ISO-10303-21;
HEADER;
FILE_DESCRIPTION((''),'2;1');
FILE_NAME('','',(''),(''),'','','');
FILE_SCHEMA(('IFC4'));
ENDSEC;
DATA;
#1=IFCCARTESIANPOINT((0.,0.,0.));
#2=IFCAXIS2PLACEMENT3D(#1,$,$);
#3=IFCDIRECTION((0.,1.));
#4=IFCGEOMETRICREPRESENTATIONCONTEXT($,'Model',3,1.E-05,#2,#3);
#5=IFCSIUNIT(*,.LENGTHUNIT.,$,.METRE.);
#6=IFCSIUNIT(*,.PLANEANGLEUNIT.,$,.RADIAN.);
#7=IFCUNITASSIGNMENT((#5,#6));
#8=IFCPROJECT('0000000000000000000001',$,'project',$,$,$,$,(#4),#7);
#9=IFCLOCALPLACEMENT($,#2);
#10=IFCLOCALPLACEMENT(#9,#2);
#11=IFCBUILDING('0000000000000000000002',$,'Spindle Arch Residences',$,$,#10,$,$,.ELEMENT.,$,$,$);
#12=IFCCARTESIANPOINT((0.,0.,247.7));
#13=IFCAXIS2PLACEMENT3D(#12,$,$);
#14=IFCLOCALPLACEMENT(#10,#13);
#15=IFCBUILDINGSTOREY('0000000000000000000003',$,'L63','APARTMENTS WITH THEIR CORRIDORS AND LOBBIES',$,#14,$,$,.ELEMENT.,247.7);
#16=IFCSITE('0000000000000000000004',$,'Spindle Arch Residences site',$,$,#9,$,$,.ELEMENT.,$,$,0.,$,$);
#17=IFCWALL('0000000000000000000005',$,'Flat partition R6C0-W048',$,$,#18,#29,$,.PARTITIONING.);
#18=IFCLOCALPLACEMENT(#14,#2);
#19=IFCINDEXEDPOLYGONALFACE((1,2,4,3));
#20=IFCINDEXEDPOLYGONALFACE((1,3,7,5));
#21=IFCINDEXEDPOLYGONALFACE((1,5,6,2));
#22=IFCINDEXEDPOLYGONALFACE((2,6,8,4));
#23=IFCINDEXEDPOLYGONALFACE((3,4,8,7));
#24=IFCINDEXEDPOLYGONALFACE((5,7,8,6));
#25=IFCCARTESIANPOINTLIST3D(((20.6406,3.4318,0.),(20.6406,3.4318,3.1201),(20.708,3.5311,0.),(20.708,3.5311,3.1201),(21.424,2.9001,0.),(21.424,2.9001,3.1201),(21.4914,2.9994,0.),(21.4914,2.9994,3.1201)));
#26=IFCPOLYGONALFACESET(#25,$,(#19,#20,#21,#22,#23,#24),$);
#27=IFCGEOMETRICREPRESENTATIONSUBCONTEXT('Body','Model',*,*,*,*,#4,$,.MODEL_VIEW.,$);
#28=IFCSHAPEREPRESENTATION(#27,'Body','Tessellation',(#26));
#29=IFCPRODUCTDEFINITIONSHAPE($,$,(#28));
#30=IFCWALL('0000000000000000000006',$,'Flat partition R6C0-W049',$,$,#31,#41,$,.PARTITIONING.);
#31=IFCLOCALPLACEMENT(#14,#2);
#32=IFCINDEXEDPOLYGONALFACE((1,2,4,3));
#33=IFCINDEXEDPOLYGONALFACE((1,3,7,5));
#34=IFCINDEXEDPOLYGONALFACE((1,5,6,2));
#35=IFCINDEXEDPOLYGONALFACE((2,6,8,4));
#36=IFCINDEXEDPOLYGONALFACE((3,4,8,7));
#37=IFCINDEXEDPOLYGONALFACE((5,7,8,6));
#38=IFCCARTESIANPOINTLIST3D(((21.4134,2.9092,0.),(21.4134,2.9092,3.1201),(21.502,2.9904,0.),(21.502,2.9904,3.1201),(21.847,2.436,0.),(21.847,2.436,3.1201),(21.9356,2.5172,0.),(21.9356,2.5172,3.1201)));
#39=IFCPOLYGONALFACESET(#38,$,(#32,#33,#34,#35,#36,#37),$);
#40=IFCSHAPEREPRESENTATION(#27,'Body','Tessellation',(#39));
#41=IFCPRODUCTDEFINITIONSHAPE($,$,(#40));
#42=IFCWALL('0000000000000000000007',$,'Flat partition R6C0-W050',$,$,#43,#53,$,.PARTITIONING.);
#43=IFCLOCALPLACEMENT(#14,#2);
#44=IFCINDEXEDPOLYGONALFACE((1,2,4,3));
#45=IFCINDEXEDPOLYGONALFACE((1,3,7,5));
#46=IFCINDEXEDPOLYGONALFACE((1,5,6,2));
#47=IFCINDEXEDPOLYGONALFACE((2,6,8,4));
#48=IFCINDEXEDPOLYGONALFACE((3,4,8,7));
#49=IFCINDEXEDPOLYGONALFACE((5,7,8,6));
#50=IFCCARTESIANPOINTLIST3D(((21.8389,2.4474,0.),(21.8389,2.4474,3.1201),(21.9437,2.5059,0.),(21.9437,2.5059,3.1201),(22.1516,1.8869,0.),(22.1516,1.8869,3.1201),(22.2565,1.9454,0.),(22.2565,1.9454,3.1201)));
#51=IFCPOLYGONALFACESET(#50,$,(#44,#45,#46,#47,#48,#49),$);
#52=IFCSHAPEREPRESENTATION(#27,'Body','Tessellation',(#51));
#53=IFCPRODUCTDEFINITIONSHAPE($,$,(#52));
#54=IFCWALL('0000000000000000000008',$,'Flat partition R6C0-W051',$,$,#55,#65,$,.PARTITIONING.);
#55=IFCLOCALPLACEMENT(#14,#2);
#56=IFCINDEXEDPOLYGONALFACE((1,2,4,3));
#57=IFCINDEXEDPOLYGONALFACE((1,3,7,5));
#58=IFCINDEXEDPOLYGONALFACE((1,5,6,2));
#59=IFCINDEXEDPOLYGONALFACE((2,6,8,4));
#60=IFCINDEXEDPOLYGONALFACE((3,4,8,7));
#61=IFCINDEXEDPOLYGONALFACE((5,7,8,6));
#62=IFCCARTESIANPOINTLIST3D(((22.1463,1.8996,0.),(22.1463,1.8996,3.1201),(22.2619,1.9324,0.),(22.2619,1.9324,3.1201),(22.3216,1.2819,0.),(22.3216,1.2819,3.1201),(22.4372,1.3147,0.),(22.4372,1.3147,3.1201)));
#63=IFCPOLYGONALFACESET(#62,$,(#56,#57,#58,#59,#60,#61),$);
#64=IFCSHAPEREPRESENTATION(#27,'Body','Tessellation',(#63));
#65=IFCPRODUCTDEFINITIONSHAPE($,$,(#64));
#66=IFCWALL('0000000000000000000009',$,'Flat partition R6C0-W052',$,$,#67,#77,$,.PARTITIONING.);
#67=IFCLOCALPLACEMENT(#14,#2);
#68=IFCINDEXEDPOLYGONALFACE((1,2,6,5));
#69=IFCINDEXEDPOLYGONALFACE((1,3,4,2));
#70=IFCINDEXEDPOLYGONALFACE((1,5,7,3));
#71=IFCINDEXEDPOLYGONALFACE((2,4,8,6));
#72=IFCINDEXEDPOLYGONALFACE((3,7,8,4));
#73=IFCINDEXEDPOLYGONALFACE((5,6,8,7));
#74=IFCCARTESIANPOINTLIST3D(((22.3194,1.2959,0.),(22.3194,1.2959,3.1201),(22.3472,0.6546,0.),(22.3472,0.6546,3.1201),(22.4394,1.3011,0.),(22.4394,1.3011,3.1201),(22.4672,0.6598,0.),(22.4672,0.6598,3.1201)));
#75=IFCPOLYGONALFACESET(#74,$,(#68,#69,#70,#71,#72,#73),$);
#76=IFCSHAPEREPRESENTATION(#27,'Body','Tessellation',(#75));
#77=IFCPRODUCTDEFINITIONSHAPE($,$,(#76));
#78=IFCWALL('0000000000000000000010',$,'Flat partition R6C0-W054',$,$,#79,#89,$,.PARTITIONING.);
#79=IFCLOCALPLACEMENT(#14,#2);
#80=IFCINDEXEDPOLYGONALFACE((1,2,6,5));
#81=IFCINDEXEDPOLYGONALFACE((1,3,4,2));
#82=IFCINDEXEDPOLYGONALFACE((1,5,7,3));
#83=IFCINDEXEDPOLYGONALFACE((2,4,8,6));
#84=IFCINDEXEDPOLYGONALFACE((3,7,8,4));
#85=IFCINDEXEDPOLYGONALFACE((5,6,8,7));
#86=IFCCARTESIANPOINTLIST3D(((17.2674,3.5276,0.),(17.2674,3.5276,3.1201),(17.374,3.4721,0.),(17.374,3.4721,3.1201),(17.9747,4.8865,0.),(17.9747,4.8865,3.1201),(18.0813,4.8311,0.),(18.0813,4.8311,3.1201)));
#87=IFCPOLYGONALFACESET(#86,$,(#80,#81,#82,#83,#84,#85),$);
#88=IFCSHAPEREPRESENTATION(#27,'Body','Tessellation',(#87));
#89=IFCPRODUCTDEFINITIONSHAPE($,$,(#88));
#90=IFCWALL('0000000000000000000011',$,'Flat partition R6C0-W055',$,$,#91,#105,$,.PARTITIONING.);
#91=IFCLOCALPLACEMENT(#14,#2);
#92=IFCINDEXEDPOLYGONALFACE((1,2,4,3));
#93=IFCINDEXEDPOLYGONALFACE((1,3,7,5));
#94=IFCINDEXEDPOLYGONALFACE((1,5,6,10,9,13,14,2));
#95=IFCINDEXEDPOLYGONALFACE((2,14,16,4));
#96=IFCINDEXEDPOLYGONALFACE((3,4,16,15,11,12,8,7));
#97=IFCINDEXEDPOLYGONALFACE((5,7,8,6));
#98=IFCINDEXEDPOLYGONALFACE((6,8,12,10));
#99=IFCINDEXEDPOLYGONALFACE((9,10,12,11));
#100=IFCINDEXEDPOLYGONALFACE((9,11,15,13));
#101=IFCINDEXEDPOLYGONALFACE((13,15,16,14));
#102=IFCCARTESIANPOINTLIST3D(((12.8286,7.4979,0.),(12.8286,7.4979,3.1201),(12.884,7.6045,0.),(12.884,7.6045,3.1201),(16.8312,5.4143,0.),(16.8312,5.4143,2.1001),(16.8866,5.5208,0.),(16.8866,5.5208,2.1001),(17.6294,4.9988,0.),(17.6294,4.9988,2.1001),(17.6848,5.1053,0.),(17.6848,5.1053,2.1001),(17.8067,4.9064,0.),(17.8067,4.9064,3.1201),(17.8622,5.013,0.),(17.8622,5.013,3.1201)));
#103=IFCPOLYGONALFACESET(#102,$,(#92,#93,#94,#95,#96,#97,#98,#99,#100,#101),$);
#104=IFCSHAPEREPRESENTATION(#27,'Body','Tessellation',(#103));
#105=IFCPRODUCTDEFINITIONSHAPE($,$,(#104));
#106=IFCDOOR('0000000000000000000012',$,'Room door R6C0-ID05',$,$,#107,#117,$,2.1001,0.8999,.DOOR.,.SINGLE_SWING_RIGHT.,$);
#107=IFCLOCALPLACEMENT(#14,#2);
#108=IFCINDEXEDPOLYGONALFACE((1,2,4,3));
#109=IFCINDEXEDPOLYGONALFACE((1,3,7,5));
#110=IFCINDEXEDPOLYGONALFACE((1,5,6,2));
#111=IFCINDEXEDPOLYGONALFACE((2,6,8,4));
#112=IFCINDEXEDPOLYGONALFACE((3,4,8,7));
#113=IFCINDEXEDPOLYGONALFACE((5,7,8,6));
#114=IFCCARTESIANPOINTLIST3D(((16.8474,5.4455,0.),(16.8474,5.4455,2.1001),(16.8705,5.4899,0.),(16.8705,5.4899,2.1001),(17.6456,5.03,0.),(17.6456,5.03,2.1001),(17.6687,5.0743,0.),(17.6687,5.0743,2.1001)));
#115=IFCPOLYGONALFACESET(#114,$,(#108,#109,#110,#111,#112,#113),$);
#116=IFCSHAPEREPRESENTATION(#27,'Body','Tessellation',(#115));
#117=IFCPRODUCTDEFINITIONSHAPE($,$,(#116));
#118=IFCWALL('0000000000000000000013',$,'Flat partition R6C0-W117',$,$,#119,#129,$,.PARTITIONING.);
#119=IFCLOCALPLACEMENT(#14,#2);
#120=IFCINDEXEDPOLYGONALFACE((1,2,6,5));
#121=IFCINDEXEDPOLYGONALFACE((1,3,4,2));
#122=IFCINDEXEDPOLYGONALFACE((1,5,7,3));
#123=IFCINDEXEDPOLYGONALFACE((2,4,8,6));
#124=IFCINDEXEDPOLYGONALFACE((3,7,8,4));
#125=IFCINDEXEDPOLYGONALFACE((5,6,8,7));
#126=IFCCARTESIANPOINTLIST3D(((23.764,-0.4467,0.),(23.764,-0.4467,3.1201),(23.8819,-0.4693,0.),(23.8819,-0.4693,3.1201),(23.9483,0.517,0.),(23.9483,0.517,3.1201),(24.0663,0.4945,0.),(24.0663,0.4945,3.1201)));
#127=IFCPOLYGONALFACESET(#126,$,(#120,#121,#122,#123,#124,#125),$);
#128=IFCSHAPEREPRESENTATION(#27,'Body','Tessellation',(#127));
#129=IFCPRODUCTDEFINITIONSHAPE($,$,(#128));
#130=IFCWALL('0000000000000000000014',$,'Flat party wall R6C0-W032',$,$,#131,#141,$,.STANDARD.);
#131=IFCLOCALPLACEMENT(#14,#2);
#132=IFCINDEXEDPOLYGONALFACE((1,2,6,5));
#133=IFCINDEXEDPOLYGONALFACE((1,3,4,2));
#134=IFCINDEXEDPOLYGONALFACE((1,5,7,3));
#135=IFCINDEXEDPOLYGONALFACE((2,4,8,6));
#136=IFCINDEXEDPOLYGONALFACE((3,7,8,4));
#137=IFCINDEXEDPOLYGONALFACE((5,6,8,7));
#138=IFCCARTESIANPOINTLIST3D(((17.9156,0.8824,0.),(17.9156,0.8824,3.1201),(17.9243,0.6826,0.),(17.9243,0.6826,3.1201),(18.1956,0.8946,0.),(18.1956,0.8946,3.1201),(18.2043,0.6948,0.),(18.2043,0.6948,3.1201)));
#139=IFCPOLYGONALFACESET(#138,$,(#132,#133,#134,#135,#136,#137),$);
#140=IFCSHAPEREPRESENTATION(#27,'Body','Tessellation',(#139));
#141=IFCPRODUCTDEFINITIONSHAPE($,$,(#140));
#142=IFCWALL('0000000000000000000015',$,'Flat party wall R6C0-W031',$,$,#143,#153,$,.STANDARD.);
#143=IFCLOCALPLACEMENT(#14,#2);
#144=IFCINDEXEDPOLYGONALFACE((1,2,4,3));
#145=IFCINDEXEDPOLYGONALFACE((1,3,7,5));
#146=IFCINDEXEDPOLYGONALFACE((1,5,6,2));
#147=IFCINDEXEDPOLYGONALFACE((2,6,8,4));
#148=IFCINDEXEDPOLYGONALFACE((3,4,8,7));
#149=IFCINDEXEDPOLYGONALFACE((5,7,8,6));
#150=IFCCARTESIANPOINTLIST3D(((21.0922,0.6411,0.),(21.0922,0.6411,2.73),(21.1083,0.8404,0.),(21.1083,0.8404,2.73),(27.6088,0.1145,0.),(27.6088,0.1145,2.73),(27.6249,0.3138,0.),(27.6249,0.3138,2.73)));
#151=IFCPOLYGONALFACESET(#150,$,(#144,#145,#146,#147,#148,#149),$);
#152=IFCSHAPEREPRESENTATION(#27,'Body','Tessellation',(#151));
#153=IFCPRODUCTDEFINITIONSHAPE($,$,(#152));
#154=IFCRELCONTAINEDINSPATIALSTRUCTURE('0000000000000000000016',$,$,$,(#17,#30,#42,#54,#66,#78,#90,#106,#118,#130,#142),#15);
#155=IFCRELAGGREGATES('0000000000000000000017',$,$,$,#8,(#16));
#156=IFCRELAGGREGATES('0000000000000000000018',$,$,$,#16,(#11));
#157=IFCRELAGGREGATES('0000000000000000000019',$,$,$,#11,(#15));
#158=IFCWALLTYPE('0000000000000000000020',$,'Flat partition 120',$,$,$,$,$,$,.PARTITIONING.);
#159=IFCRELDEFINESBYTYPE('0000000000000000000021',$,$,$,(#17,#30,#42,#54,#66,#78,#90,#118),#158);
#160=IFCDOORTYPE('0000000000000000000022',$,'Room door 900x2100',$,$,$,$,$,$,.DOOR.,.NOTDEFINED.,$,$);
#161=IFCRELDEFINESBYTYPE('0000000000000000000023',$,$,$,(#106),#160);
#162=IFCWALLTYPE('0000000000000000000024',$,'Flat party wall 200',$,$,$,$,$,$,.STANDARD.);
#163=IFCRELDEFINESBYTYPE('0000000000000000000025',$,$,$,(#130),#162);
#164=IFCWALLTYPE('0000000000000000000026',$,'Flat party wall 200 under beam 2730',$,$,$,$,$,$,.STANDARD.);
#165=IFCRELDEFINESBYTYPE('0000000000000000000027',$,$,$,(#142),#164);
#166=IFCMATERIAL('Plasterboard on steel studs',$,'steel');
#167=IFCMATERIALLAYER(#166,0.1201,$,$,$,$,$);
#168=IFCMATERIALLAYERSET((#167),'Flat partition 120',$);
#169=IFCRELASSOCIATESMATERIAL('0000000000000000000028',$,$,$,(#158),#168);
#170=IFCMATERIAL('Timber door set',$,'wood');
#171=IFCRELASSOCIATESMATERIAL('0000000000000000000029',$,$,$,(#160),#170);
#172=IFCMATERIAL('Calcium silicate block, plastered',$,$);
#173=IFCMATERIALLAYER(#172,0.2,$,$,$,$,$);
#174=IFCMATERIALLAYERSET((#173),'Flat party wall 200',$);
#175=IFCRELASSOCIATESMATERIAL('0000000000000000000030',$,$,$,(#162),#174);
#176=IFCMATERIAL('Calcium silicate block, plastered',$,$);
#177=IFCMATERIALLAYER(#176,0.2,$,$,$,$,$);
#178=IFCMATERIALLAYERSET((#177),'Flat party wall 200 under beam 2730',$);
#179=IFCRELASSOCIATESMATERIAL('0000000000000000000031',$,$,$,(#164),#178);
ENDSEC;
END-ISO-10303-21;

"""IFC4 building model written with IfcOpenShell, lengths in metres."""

from ifc_helpers import new_model, si_unit, direction, frame, frame_2d, origin, place, context, subcontext, project, spatial, rectangle, extrude, material, layer, layer_set, type_object, element, fill, save


model = new_model("IFC4")

# Units and contexts
model_context = context("Model", 3, precision=1e-05, world=origin(), true_north=direction((0.0, 1.0)))
body_context = subcontext(model_context, "Body", "Model", "MODEL_VIEW")
ifc_project = project(units=[si_unit("LENGTHUNIT", "METRE"), si_unit("PLANEANGLEUNIT", "RADIAN")], contexts=[model_context])

# Site, building, storey
site_placement = place(None, origin())
site = spatial("IfcSite", under=ifc_project, at=site_placement, Name="Spindle Arch Residences site", CompositionType="ELEMENT", RefElevation=0.0)
building_placement = place(site_placement, origin())
building = spatial("IfcBuilding", under=site, at=building_placement, Name="Spindle Arch Residences", CompositionType="ELEMENT")
storey_placement = place(building_placement, frame((0.0, 0.0, 247.7)))
storey = spatial("IfcBuildingStorey", under=building, at=storey_placement, Name="L63", Description="APARTMENTS WITH THEIR CORRIDORS AND LOBBIES", CompositionType="ELEMENT", Elevation=247.7)

# Shared definitions
ifc_material_1 = material(Name="Plasterboard on steel studs", Category="steel")
ifc_layer_1 = layer(ifc_material_1, 0.1201)
ifc_layer_set_1 = layer_set([ifc_layer_1], Name="Flat partition 120")
wall_type_1 = type_object("IfcWallType", Name="Flat partition 120", PredefinedType="PARTITIONING", material=ifc_layer_set_1)

# Shared definitions
ifc_material_2 = material(Name="Timber door set", Category="wood")
door_type_1 = type_object("IfcDoorType", Name="Room door 900x2100", OperationType="NOTDEFINED", PredefinedType="DOOR", material=ifc_material_2)

# Walls
wall_1_placement = place(storey_placement, frame((20.6743, 3.4814, 0.0), z_axis=(0.0, 0.0, 1.0), x_axis=(0.82742, -0.561583, 0.0)))
element("IfcWall", 1, at=wall_1_placement, inside=storey, type_object=wall_type_1, Name="Flat partition R6C0-W048", PredefinedType="PARTITIONING", context=body_context, shape_type="SweptSolid", body=[
    extrude(rectangle(XDim=0.9468, YDim=0.1201, at=frame_2d((0.4734, 0.0))), origin(), (0.0, 0.0, 1.0), 3.1201),
])
for number, where, z_axis, x_axis, name in (
    (2, (21.4578, 2.9497, 0.0), (0.0, 0.0, 1.0), (0.675621, -0.737249, 0.0), "Flat partition R6C0-W049"),
    (3, (21.8914, 2.4766, 0.0), (0.0, 0.0, 1.0), (0.487225, -0.873277, 0.0), "Flat partition R6C0-W050"),
):
    element("IfcWall", number, at=place(storey_placement, frame(where, z_axis=z_axis, x_axis=x_axis)), inside=storey, type_object=wall_type_1, Name=name, PredefinedType="PARTITIONING", context=body_context, shape_type="SweptSolid", body=[
        extrude(rectangle(XDim=0.6418, YDim=0.1201, at=frame_2d((0.3208, 0.0))), origin(), (0.0, 0.0, 1.0), 3.1201),
    ])
wall_2_placement = place(storey_placement, frame((22.2041, 1.916, 0.0), z_axis=(0.0, 0.0, 1.0), x_axis=(0.273013, -0.96201, 0.0)))
element("IfcWall", 4, at=wall_2_placement, inside=storey, type_object=wall_type_1, Name="Flat partition R6C0-W051", PredefinedType="PARTITIONING", context=body_context, shape_type="SweptSolid", body=[
    extrude(rectangle(XDim=0.6421, YDim=0.1201, at=frame_2d((0.321, 0.0))), origin(), (0.0, 0.0, 1.0), 3.1201),
])
wall_3_placement = place(storey_placement, frame((22.3794, 1.2983, 0.0), z_axis=(0.0, 0.0, 1.0), x_axis=(0.043355, -0.99906, 0.0)))
element("IfcWall", 5, at=wall_3_placement, inside=storey, type_object=wall_type_1, Name="Flat partition R6C0-W052", PredefinedType="PARTITIONING", context=body_context, shape_type="SweptSolid", body=[
    extrude(rectangle(XDim=0.6418, YDim=0.1201, at=frame_2d((0.3208, 0.0))), origin(), (0.0, 0.0, 1.0), 3.1201),
])
wall_4_placement = place(storey_placement, frame((18.0281, 4.8589, 0.0), z_axis=(0.0, 0.0, 1.0), x_axis=(-0.461689, -0.887042, 0.0)))
element("IfcWall", 6, at=wall_4_placement, inside=storey, type_object=wall_type_1, Name="Flat partition R6C0-W054", PredefinedType="PARTITIONING", context=body_context, shape_type="SweptSolid", body=[
    extrude(rectangle(XDim=1.532, YDim=0.1201, at=frame_2d((0.7661, 0.0))), origin(), (0.0, 0.0, 1.0), 3.1201),
])

# Wall, opening, door
wall_5_placement = place(storey_placement, frame((17.8345, 4.9597, 0.0), z_axis=(0.0, 0.0, 1.0), x_axis=(-0.887009, 0.461753, 0.0)))
wall_5 = element("IfcWall", 7, at=wall_5_placement, inside=storey, type_object=wall_type_1, Name="Flat partition R6C0-W055", PredefinedType="PARTITIONING", context=body_context, shape_type="SweptSolid", body=[
    extrude(rectangle(XDim=5.6123, YDim=0.1201, at=frame_2d((2.8062, 0.0))), origin(), (0.0, 0.0, 1.0), 3.1201),
])
opening_1_placement = place(wall_5_placement, frame((0.2, 0.0, 0.0)))
opening_1 = element("IfcOpeningElement", 8, at=opening_1_placement, cuts=wall_5, PredefinedType="OPENING", context=body_context, shape_type="SweptSolid", body=[
    extrude(rectangle(XDim=0.8999, YDim=2.1001, at=frame_2d((0.45, 1.05))), frame((0.0, 0.0701, 0.0), z_axis=(0.0, -1.0, 0.0), x_axis=(1.0, 0.0, 0.0)), (0.0, 0.0, 1.0), 0.1401),
])
door_1_placement = place(opening_1_placement, origin())
door_1 = element("IfcDoor", 9, at=door_1_placement, inside=storey, type_object=door_type_1, Name="Room door R6C0-ID05", OperationType="SINGLE_SWING_RIGHT", OverallHeight=2.1001, OverallWidth=0.8999, PredefinedType="DOOR", context=body_context, shape_type="SweptSolid", body=[
    extrude(rectangle(XDim=0.8999, YDim=2.1001, at=frame_2d((0.45, 1.05))), frame((0.0, 0.0249, 0.0), z_axis=(0.0, -1.0, 0.0), x_axis=(1.0, 0.0, 0.0)), (0.0, 0.0, 1.0), 0.05),
])
fill(opening_1, door_1)

# Walls
wall_6_placement = place(storey_placement, frame((24.0073, 0.5059, 0.0), z_axis=(0.0, 0.0, 1.0), x_axis=(-0.187878, -0.982192, 0.0)))
element("IfcWall", 10, at=wall_6_placement, inside=storey, type_object=wall_type_1, Name="Flat partition R6C0-W117", PredefinedType="PARTITIONING", context=body_context, shape_type="SweptSolid", body=[
    extrude(rectangle(XDim=0.9812, YDim=0.1201, at=frame_2d((0.4907, 0.0))), origin(), (0.0, 0.0, 1.0), 3.1201),
])
ifc_material_3 = material(Name="Calcium silicate block, plastered")
ifc_layer_2 = layer(ifc_material_3, 0.2)
ifc_layer_set_2 = layer_set([ifc_layer_2], Name="Flat party wall 200")
wall_type_2 = type_object("IfcWallType", Name="Flat party wall 200", PredefinedType="STANDARD", material=ifc_layer_set_2)
wall_7_placement = place(storey_placement, frame((17.9199, 0.7825, 0.0), z_axis=(0.0, 0.0, 1.0), x_axis=(0.999051, 0.043551, 0.0)))
element("IfcWall", 11, at=wall_7_placement, inside=storey, type_object=wall_type_2, Name="Flat party wall R6C0-W032", PredefinedType="STANDARD", context=body_context, shape_type="SweptSolid", body=[
    extrude(rectangle(XDim=0.2803, YDim=0.2, at=frame_2d((0.1401, 0.0))), origin(), (0.0, 0.0, 1.0), 3.1201),
])
ifc_material_4 = material(Name="Calcium silicate block, plastered")
ifc_layer_3 = layer(ifc_material_4, 0.2)
ifc_layer_set_3 = layer_set([ifc_layer_3], Name="Flat party wall 200 under beam 2730")
wall_type_3 = type_object("IfcWallType", Name="Flat party wall 200 under beam 2730", PredefinedType="STANDARD", material=ifc_layer_set_3)
wall_8_placement = place(storey_placement, frame((21.1001, 0.7407, 0.0), z_axis=(0.0, 0.0, 1.0), x_axis=(0.996751, -0.080548, 0.0)))
element("IfcWall", 12, at=wall_8_placement, inside=storey, type_object=wall_type_3, Name="Flat party wall R6C0-W031", PredefinedType="STANDARD", context=body_context, shape_type="SweptSolid", body=[
    extrude(rectangle(XDim=6.5378, YDim=0.2, at=frame_2d((3.269, 0.0))), origin(), (0.0, 0.0, 1.0), 2.73),
])

save(model, "model.ifc")
